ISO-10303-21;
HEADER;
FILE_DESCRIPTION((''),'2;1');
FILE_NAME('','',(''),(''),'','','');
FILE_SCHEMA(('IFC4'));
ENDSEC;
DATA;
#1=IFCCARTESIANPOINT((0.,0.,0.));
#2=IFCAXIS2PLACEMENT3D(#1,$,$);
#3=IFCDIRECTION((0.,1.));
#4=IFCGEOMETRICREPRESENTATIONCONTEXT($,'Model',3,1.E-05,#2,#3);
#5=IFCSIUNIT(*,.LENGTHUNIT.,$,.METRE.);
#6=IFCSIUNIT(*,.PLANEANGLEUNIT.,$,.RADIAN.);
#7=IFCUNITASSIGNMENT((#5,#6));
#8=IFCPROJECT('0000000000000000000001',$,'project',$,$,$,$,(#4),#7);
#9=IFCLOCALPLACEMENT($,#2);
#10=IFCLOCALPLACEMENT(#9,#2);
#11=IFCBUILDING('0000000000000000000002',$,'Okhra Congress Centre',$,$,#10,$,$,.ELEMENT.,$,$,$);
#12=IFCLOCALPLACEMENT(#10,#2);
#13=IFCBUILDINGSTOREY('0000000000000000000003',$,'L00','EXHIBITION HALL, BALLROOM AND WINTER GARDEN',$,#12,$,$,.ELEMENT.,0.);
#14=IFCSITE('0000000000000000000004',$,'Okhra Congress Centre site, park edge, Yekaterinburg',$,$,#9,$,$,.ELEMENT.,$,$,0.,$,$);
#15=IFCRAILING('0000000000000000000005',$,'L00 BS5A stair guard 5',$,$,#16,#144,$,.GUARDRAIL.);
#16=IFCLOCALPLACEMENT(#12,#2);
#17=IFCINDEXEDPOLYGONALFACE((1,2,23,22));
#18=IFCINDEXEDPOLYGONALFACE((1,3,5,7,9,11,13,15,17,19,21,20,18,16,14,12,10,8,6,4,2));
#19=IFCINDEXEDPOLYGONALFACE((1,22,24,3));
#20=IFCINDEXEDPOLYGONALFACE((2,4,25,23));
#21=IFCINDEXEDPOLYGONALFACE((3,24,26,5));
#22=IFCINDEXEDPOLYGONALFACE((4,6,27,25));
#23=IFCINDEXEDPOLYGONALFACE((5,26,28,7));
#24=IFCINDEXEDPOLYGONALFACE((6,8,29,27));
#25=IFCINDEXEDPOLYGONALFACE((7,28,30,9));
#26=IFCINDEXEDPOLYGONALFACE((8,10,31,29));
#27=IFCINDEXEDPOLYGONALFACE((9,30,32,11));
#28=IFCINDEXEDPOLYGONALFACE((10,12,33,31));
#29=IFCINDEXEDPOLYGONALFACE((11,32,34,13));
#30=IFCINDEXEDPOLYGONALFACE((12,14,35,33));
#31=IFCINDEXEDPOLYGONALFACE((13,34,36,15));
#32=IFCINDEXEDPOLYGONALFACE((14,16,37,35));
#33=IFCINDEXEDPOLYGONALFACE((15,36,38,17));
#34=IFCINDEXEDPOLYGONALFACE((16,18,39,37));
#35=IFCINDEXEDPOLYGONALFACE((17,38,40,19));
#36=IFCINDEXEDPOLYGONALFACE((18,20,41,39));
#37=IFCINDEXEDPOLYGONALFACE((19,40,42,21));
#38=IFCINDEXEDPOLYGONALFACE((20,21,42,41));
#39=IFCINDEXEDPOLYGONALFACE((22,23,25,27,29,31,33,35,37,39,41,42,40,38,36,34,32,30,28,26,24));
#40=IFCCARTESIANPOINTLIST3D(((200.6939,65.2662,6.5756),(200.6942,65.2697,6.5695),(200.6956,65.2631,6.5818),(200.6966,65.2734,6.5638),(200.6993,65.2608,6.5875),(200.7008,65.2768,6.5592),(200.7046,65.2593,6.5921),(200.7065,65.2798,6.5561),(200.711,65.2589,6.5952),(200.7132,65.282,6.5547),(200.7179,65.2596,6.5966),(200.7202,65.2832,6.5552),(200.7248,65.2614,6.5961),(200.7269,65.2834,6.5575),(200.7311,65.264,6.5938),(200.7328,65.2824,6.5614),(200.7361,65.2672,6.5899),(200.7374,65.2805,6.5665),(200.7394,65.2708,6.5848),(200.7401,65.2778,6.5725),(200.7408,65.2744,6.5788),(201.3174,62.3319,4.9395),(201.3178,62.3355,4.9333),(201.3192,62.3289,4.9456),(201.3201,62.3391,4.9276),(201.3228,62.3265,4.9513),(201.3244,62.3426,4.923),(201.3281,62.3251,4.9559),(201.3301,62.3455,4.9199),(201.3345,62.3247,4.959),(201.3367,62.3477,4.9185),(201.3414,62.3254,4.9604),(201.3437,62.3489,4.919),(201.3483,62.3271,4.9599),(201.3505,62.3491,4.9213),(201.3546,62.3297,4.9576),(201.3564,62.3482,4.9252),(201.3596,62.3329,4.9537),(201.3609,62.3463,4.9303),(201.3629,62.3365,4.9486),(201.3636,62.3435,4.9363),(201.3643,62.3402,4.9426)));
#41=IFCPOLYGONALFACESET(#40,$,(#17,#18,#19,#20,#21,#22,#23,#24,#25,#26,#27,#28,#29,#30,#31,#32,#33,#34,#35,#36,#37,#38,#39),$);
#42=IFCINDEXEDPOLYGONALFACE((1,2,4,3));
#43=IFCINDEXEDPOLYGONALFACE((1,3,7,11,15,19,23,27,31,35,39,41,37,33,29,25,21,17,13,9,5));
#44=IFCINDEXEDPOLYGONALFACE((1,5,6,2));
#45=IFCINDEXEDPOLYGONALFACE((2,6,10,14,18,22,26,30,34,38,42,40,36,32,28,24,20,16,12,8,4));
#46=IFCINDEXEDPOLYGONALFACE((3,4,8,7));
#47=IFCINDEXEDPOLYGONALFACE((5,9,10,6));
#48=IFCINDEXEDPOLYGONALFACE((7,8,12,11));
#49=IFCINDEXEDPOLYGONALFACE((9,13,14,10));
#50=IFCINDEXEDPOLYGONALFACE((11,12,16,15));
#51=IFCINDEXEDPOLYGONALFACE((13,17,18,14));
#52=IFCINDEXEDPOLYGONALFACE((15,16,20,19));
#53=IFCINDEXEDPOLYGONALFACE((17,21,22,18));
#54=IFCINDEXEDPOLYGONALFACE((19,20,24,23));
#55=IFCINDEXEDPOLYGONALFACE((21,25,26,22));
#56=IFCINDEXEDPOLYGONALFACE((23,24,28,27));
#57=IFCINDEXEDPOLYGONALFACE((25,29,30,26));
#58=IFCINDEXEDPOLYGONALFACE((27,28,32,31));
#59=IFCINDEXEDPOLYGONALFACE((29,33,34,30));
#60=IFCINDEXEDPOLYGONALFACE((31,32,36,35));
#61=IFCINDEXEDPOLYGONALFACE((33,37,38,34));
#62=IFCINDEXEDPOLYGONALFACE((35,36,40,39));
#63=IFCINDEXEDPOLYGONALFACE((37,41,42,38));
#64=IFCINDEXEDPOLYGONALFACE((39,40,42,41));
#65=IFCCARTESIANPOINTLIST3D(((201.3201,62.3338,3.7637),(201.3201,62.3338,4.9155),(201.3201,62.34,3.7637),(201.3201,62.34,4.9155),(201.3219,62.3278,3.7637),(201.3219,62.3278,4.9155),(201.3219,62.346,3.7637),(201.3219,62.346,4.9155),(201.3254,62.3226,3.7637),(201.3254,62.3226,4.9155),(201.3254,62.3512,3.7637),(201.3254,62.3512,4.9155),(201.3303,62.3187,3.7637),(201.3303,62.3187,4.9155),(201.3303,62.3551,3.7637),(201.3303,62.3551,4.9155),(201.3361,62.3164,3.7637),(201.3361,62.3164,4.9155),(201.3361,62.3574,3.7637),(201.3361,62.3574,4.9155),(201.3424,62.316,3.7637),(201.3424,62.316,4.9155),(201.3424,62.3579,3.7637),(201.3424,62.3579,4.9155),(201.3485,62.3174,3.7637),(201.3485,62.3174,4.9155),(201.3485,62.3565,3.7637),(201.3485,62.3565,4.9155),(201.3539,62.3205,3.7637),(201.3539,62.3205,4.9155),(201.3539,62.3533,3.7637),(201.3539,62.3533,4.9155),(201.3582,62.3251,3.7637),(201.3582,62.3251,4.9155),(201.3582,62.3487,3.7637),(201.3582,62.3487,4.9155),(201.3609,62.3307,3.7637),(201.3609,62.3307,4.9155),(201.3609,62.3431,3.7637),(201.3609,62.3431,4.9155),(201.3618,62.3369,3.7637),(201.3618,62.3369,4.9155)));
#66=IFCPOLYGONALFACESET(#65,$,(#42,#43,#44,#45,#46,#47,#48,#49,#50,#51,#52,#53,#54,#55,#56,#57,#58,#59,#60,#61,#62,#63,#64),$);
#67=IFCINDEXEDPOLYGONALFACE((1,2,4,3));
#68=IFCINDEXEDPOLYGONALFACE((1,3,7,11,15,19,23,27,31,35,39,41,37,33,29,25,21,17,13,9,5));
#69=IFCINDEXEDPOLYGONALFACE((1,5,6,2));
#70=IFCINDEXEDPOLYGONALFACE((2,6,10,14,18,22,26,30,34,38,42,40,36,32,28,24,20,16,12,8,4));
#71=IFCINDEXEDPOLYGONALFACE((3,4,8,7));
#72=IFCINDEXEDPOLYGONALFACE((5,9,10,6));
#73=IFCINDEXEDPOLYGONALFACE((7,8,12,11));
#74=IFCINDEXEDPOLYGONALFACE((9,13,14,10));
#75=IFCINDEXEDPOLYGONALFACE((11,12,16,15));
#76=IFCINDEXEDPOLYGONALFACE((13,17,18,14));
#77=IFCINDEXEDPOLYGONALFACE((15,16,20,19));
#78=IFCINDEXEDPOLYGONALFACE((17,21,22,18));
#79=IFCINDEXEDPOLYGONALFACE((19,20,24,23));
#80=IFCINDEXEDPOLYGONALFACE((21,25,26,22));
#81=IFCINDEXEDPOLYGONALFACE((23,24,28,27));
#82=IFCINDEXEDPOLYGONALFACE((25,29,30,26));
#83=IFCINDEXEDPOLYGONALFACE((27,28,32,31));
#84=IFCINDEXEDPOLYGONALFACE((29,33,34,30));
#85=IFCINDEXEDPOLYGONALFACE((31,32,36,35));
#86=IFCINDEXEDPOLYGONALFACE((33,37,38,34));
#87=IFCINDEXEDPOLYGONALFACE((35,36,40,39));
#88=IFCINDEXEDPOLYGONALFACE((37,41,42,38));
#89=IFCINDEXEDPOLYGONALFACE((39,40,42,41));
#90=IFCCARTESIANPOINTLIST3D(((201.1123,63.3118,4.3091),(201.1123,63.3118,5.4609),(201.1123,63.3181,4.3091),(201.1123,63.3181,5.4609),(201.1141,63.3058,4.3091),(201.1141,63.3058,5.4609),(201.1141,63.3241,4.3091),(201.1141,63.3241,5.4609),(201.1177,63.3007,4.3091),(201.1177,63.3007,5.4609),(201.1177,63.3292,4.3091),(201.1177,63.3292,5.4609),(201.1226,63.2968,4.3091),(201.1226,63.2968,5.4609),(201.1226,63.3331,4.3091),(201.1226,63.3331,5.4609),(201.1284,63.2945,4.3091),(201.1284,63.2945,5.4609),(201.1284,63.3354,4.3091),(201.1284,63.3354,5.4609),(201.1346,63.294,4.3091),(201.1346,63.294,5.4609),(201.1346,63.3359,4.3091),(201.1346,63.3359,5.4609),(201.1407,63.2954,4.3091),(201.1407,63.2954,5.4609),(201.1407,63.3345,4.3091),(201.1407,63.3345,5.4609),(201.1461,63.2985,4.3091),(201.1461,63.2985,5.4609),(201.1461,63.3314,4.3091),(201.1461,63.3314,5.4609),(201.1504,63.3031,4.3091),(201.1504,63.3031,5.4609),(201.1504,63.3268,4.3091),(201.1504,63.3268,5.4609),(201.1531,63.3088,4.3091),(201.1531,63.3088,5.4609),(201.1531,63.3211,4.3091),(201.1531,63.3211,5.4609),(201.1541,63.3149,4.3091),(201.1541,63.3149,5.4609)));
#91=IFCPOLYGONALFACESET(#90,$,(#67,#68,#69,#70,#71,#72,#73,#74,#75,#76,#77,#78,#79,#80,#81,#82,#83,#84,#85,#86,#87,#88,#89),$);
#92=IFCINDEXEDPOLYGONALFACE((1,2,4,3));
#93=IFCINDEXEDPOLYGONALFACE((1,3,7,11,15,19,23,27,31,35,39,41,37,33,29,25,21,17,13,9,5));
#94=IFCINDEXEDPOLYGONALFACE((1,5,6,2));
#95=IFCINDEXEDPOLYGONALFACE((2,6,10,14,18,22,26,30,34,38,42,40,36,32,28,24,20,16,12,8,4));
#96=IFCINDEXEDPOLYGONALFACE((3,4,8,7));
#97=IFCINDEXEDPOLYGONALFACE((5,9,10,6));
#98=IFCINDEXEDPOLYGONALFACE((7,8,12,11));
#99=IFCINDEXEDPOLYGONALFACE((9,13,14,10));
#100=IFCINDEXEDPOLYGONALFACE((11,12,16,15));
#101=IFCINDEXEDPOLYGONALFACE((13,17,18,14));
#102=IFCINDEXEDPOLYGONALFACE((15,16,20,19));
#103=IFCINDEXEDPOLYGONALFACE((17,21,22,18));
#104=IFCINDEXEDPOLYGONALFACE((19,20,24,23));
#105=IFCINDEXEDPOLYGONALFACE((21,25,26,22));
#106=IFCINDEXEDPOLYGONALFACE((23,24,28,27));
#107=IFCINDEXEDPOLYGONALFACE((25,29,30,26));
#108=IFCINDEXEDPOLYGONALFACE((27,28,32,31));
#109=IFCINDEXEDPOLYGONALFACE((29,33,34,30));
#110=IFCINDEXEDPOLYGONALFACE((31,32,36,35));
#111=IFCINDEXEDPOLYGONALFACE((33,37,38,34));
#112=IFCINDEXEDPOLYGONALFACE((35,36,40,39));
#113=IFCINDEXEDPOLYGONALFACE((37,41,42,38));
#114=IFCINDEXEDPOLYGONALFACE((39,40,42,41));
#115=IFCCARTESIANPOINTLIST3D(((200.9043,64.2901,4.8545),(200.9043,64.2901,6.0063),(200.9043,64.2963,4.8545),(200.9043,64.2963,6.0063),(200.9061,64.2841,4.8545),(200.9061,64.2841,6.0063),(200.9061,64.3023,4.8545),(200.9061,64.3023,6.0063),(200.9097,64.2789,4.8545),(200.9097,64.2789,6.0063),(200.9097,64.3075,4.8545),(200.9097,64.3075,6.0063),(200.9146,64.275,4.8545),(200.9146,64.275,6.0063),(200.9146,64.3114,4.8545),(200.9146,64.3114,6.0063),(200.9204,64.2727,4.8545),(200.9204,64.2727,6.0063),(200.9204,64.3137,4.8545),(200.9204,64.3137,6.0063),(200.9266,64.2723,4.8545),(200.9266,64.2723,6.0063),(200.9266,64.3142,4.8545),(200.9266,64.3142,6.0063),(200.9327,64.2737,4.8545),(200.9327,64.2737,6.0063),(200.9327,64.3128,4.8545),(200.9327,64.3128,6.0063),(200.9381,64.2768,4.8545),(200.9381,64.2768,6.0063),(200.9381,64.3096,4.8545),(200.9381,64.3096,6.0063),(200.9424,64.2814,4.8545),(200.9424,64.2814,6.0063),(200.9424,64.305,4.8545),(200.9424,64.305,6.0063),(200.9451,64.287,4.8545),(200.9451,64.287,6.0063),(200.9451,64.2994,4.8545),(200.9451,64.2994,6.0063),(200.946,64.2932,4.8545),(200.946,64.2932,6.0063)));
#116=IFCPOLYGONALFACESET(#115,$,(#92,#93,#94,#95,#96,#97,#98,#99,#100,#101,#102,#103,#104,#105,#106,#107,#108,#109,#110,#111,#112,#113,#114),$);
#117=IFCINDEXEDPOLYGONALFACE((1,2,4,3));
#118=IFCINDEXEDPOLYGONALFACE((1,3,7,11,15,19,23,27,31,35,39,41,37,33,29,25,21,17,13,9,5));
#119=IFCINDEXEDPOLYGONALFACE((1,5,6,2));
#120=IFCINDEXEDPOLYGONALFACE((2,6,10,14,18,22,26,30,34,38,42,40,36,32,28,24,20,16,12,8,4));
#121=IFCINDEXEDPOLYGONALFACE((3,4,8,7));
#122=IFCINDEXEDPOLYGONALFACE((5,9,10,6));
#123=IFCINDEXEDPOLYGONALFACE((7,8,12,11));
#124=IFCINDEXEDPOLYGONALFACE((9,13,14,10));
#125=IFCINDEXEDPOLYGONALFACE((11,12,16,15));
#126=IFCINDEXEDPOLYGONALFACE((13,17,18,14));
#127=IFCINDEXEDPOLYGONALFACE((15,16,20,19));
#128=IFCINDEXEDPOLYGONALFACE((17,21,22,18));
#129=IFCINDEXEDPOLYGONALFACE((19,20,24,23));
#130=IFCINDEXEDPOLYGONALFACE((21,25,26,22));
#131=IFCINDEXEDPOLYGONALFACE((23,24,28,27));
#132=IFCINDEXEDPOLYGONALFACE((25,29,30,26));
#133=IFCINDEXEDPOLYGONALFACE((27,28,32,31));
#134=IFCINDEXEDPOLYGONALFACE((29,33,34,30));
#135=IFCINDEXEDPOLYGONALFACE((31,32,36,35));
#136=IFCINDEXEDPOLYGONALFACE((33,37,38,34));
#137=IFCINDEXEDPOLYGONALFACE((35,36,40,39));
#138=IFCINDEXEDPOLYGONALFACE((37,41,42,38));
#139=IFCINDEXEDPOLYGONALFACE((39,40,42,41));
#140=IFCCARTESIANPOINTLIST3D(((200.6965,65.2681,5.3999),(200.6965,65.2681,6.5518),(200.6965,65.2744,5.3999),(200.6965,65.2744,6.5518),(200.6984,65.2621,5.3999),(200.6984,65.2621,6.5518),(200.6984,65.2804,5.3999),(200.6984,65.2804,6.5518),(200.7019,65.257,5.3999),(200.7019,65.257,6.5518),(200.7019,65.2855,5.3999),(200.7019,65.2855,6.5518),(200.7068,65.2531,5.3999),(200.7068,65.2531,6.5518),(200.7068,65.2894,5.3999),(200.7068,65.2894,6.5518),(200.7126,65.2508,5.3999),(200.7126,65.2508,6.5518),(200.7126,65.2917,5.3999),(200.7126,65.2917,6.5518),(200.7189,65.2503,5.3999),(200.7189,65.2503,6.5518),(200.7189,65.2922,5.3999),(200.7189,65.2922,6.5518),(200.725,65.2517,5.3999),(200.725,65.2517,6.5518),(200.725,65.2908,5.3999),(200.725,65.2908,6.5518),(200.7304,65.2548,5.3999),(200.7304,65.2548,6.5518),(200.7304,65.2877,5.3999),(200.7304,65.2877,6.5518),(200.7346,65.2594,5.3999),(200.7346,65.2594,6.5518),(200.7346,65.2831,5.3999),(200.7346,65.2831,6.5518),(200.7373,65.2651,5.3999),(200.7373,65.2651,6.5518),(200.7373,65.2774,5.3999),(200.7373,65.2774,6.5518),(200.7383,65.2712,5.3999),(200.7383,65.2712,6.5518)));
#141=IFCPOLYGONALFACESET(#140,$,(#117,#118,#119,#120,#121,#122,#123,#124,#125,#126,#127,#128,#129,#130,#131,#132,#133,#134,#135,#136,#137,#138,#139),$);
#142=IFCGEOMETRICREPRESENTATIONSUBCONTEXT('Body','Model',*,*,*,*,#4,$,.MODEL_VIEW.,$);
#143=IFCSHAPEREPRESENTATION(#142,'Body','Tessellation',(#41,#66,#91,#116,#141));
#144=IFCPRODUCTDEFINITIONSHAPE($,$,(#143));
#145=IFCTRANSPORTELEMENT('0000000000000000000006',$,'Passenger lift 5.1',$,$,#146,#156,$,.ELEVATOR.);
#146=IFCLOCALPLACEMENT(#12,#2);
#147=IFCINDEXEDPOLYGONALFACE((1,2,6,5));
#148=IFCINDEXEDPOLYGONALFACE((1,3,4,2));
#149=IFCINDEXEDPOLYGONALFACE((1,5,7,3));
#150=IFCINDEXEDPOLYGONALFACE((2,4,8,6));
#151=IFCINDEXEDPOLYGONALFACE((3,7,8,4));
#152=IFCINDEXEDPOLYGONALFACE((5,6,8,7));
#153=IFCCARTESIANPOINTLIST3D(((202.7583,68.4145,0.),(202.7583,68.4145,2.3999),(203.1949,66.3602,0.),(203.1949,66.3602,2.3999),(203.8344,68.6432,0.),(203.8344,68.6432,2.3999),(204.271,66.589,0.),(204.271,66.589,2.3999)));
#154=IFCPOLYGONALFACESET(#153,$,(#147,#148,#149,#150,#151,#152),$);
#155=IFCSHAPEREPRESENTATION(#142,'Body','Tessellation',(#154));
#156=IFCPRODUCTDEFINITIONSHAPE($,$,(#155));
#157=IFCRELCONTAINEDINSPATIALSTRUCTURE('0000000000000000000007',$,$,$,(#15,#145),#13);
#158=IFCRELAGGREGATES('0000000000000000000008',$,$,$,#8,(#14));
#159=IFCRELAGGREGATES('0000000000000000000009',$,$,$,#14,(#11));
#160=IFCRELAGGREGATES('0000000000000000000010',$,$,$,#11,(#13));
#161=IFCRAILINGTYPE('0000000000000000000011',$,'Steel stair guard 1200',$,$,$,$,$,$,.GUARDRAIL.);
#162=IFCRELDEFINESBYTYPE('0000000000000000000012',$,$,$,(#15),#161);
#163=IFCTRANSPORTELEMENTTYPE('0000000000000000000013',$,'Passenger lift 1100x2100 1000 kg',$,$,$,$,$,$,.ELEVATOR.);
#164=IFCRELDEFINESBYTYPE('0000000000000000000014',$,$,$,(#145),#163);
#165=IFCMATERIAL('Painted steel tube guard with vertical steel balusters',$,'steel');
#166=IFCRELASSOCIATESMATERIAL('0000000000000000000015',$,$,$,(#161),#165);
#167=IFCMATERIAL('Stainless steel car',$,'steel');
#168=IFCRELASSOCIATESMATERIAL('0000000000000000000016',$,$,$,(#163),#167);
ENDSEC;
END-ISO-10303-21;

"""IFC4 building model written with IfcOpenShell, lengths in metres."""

from ifc_helpers import new_model, si_unit, direction, frame, origin, origin_2d, place, context, subcontext, project, spatial, rectangle, circle, extrude, material, type_object, element, save


model = new_model("IFC4")

# Units and contexts
model_context = context("Model", 3, precision=1e-05, world=origin(), true_north=direction((0.0, 1.0)))
body_context = subcontext(model_context, "Body", "Model", "MODEL_VIEW")
ifc_project = project(units=[si_unit("LENGTHUNIT", "METRE"), si_unit("PLANEANGLEUNIT", "RADIAN")], contexts=[model_context])

# Site, building, storey
site_placement = place(None, origin())
site = spatial("IfcSite", under=ifc_project, at=site_placement, Name="Okhra Congress Centre site, park edge, Yekaterinburg", CompositionType="ELEMENT", RefElevation=0.0)
building_placement = place(site_placement, origin())
building = spatial("IfcBuilding", under=site, at=building_placement, Name="Okhra Congress Centre", CompositionType="ELEMENT")
storey_placement = place(building_placement, origin())
storey = spatial("IfcBuildingStorey", under=building, at=storey_placement, Name="L00", Description="EXHIBITION HALL, BALLROOM AND WINTER GARDEN", CompositionType="ELEMENT", Elevation=0.0)

# Railing
ifc_material_1 = material(Name="Painted steel tube guard with vertical steel balusters", Category="steel")
railing_type_1 = type_object("IfcRailingType", Name="Steel stair guard 1200", PredefinedType="GUARDRAIL", material=ifc_material_1)
railing_1_placement = place(storey_placement, frame((201.3408, 62.3369, 3.7637)))
element("IfcRailing", 1, at=railing_1_placement, inside=storey, type_object=railing_type_1, Name="L00 BS5A stair guard 5", PredefinedType="GUARDRAIL", context=body_context, shape_type="SweptSolid", body=[
    extrude(circle(Radius=0.0239, at=origin_2d()), frame((0.0, 0.0, 1.1758), z_axis=(-0.182477, 0.858728, 0.478841), x_axis=(-0.978159, -0.207856, 0.0)), (0.0, 0.0, 1.0), 3.417),
    extrude(circle(Radius=0.021, at=origin_2d()), origin(), (0.0, 0.0, 1.0), 1.1519),
    extrude(circle(Radius=0.021, at=origin_2d()), frame((-0.2078, 0.978, 0.5454)), (0.0, 0.0, 1.0), 1.1519),
    extrude(circle(Radius=0.021, at=origin_2d()), frame((-0.4158, 1.9563, 1.0908)), (0.0, 0.0, 1.0), 1.1519),
    extrude(circle(Radius=0.021, at=origin_2d()), frame((-0.6235, 2.9343, 1.6362)), (0.0, 0.0, 1.0), 1.1519),
])

# Transport element
ifc_material_2 = material(Name="Stainless steel car", Category="steel")
transport_element_type = type_object("IfcTransportElementType", Name="Passenger lift 1100x2100 1000 kg", PredefinedType="ELEVATOR", material=ifc_material_2)
transport_element_placement = place(storey_placement, frame((203.5146, 67.5017, 0.0), z_axis=(0.0, 0.0, 1.0), x_axis=(0.978148, 0.207912, 0.0)))
element("IfcTransportElement", 2, at=transport_element_placement, inside=storey, type_object=transport_element_type, Name="Passenger lift 5.1", PredefinedType="ELEVATOR", context=body_context, shape_type="SweptSolid", body=[
    extrude(rectangle(XDim=1.1001, YDim=2.1001, at=origin_2d()), origin(), (0.0, 0.0, 1.0), 2.3999),
])

save(model, "model.ifc")
